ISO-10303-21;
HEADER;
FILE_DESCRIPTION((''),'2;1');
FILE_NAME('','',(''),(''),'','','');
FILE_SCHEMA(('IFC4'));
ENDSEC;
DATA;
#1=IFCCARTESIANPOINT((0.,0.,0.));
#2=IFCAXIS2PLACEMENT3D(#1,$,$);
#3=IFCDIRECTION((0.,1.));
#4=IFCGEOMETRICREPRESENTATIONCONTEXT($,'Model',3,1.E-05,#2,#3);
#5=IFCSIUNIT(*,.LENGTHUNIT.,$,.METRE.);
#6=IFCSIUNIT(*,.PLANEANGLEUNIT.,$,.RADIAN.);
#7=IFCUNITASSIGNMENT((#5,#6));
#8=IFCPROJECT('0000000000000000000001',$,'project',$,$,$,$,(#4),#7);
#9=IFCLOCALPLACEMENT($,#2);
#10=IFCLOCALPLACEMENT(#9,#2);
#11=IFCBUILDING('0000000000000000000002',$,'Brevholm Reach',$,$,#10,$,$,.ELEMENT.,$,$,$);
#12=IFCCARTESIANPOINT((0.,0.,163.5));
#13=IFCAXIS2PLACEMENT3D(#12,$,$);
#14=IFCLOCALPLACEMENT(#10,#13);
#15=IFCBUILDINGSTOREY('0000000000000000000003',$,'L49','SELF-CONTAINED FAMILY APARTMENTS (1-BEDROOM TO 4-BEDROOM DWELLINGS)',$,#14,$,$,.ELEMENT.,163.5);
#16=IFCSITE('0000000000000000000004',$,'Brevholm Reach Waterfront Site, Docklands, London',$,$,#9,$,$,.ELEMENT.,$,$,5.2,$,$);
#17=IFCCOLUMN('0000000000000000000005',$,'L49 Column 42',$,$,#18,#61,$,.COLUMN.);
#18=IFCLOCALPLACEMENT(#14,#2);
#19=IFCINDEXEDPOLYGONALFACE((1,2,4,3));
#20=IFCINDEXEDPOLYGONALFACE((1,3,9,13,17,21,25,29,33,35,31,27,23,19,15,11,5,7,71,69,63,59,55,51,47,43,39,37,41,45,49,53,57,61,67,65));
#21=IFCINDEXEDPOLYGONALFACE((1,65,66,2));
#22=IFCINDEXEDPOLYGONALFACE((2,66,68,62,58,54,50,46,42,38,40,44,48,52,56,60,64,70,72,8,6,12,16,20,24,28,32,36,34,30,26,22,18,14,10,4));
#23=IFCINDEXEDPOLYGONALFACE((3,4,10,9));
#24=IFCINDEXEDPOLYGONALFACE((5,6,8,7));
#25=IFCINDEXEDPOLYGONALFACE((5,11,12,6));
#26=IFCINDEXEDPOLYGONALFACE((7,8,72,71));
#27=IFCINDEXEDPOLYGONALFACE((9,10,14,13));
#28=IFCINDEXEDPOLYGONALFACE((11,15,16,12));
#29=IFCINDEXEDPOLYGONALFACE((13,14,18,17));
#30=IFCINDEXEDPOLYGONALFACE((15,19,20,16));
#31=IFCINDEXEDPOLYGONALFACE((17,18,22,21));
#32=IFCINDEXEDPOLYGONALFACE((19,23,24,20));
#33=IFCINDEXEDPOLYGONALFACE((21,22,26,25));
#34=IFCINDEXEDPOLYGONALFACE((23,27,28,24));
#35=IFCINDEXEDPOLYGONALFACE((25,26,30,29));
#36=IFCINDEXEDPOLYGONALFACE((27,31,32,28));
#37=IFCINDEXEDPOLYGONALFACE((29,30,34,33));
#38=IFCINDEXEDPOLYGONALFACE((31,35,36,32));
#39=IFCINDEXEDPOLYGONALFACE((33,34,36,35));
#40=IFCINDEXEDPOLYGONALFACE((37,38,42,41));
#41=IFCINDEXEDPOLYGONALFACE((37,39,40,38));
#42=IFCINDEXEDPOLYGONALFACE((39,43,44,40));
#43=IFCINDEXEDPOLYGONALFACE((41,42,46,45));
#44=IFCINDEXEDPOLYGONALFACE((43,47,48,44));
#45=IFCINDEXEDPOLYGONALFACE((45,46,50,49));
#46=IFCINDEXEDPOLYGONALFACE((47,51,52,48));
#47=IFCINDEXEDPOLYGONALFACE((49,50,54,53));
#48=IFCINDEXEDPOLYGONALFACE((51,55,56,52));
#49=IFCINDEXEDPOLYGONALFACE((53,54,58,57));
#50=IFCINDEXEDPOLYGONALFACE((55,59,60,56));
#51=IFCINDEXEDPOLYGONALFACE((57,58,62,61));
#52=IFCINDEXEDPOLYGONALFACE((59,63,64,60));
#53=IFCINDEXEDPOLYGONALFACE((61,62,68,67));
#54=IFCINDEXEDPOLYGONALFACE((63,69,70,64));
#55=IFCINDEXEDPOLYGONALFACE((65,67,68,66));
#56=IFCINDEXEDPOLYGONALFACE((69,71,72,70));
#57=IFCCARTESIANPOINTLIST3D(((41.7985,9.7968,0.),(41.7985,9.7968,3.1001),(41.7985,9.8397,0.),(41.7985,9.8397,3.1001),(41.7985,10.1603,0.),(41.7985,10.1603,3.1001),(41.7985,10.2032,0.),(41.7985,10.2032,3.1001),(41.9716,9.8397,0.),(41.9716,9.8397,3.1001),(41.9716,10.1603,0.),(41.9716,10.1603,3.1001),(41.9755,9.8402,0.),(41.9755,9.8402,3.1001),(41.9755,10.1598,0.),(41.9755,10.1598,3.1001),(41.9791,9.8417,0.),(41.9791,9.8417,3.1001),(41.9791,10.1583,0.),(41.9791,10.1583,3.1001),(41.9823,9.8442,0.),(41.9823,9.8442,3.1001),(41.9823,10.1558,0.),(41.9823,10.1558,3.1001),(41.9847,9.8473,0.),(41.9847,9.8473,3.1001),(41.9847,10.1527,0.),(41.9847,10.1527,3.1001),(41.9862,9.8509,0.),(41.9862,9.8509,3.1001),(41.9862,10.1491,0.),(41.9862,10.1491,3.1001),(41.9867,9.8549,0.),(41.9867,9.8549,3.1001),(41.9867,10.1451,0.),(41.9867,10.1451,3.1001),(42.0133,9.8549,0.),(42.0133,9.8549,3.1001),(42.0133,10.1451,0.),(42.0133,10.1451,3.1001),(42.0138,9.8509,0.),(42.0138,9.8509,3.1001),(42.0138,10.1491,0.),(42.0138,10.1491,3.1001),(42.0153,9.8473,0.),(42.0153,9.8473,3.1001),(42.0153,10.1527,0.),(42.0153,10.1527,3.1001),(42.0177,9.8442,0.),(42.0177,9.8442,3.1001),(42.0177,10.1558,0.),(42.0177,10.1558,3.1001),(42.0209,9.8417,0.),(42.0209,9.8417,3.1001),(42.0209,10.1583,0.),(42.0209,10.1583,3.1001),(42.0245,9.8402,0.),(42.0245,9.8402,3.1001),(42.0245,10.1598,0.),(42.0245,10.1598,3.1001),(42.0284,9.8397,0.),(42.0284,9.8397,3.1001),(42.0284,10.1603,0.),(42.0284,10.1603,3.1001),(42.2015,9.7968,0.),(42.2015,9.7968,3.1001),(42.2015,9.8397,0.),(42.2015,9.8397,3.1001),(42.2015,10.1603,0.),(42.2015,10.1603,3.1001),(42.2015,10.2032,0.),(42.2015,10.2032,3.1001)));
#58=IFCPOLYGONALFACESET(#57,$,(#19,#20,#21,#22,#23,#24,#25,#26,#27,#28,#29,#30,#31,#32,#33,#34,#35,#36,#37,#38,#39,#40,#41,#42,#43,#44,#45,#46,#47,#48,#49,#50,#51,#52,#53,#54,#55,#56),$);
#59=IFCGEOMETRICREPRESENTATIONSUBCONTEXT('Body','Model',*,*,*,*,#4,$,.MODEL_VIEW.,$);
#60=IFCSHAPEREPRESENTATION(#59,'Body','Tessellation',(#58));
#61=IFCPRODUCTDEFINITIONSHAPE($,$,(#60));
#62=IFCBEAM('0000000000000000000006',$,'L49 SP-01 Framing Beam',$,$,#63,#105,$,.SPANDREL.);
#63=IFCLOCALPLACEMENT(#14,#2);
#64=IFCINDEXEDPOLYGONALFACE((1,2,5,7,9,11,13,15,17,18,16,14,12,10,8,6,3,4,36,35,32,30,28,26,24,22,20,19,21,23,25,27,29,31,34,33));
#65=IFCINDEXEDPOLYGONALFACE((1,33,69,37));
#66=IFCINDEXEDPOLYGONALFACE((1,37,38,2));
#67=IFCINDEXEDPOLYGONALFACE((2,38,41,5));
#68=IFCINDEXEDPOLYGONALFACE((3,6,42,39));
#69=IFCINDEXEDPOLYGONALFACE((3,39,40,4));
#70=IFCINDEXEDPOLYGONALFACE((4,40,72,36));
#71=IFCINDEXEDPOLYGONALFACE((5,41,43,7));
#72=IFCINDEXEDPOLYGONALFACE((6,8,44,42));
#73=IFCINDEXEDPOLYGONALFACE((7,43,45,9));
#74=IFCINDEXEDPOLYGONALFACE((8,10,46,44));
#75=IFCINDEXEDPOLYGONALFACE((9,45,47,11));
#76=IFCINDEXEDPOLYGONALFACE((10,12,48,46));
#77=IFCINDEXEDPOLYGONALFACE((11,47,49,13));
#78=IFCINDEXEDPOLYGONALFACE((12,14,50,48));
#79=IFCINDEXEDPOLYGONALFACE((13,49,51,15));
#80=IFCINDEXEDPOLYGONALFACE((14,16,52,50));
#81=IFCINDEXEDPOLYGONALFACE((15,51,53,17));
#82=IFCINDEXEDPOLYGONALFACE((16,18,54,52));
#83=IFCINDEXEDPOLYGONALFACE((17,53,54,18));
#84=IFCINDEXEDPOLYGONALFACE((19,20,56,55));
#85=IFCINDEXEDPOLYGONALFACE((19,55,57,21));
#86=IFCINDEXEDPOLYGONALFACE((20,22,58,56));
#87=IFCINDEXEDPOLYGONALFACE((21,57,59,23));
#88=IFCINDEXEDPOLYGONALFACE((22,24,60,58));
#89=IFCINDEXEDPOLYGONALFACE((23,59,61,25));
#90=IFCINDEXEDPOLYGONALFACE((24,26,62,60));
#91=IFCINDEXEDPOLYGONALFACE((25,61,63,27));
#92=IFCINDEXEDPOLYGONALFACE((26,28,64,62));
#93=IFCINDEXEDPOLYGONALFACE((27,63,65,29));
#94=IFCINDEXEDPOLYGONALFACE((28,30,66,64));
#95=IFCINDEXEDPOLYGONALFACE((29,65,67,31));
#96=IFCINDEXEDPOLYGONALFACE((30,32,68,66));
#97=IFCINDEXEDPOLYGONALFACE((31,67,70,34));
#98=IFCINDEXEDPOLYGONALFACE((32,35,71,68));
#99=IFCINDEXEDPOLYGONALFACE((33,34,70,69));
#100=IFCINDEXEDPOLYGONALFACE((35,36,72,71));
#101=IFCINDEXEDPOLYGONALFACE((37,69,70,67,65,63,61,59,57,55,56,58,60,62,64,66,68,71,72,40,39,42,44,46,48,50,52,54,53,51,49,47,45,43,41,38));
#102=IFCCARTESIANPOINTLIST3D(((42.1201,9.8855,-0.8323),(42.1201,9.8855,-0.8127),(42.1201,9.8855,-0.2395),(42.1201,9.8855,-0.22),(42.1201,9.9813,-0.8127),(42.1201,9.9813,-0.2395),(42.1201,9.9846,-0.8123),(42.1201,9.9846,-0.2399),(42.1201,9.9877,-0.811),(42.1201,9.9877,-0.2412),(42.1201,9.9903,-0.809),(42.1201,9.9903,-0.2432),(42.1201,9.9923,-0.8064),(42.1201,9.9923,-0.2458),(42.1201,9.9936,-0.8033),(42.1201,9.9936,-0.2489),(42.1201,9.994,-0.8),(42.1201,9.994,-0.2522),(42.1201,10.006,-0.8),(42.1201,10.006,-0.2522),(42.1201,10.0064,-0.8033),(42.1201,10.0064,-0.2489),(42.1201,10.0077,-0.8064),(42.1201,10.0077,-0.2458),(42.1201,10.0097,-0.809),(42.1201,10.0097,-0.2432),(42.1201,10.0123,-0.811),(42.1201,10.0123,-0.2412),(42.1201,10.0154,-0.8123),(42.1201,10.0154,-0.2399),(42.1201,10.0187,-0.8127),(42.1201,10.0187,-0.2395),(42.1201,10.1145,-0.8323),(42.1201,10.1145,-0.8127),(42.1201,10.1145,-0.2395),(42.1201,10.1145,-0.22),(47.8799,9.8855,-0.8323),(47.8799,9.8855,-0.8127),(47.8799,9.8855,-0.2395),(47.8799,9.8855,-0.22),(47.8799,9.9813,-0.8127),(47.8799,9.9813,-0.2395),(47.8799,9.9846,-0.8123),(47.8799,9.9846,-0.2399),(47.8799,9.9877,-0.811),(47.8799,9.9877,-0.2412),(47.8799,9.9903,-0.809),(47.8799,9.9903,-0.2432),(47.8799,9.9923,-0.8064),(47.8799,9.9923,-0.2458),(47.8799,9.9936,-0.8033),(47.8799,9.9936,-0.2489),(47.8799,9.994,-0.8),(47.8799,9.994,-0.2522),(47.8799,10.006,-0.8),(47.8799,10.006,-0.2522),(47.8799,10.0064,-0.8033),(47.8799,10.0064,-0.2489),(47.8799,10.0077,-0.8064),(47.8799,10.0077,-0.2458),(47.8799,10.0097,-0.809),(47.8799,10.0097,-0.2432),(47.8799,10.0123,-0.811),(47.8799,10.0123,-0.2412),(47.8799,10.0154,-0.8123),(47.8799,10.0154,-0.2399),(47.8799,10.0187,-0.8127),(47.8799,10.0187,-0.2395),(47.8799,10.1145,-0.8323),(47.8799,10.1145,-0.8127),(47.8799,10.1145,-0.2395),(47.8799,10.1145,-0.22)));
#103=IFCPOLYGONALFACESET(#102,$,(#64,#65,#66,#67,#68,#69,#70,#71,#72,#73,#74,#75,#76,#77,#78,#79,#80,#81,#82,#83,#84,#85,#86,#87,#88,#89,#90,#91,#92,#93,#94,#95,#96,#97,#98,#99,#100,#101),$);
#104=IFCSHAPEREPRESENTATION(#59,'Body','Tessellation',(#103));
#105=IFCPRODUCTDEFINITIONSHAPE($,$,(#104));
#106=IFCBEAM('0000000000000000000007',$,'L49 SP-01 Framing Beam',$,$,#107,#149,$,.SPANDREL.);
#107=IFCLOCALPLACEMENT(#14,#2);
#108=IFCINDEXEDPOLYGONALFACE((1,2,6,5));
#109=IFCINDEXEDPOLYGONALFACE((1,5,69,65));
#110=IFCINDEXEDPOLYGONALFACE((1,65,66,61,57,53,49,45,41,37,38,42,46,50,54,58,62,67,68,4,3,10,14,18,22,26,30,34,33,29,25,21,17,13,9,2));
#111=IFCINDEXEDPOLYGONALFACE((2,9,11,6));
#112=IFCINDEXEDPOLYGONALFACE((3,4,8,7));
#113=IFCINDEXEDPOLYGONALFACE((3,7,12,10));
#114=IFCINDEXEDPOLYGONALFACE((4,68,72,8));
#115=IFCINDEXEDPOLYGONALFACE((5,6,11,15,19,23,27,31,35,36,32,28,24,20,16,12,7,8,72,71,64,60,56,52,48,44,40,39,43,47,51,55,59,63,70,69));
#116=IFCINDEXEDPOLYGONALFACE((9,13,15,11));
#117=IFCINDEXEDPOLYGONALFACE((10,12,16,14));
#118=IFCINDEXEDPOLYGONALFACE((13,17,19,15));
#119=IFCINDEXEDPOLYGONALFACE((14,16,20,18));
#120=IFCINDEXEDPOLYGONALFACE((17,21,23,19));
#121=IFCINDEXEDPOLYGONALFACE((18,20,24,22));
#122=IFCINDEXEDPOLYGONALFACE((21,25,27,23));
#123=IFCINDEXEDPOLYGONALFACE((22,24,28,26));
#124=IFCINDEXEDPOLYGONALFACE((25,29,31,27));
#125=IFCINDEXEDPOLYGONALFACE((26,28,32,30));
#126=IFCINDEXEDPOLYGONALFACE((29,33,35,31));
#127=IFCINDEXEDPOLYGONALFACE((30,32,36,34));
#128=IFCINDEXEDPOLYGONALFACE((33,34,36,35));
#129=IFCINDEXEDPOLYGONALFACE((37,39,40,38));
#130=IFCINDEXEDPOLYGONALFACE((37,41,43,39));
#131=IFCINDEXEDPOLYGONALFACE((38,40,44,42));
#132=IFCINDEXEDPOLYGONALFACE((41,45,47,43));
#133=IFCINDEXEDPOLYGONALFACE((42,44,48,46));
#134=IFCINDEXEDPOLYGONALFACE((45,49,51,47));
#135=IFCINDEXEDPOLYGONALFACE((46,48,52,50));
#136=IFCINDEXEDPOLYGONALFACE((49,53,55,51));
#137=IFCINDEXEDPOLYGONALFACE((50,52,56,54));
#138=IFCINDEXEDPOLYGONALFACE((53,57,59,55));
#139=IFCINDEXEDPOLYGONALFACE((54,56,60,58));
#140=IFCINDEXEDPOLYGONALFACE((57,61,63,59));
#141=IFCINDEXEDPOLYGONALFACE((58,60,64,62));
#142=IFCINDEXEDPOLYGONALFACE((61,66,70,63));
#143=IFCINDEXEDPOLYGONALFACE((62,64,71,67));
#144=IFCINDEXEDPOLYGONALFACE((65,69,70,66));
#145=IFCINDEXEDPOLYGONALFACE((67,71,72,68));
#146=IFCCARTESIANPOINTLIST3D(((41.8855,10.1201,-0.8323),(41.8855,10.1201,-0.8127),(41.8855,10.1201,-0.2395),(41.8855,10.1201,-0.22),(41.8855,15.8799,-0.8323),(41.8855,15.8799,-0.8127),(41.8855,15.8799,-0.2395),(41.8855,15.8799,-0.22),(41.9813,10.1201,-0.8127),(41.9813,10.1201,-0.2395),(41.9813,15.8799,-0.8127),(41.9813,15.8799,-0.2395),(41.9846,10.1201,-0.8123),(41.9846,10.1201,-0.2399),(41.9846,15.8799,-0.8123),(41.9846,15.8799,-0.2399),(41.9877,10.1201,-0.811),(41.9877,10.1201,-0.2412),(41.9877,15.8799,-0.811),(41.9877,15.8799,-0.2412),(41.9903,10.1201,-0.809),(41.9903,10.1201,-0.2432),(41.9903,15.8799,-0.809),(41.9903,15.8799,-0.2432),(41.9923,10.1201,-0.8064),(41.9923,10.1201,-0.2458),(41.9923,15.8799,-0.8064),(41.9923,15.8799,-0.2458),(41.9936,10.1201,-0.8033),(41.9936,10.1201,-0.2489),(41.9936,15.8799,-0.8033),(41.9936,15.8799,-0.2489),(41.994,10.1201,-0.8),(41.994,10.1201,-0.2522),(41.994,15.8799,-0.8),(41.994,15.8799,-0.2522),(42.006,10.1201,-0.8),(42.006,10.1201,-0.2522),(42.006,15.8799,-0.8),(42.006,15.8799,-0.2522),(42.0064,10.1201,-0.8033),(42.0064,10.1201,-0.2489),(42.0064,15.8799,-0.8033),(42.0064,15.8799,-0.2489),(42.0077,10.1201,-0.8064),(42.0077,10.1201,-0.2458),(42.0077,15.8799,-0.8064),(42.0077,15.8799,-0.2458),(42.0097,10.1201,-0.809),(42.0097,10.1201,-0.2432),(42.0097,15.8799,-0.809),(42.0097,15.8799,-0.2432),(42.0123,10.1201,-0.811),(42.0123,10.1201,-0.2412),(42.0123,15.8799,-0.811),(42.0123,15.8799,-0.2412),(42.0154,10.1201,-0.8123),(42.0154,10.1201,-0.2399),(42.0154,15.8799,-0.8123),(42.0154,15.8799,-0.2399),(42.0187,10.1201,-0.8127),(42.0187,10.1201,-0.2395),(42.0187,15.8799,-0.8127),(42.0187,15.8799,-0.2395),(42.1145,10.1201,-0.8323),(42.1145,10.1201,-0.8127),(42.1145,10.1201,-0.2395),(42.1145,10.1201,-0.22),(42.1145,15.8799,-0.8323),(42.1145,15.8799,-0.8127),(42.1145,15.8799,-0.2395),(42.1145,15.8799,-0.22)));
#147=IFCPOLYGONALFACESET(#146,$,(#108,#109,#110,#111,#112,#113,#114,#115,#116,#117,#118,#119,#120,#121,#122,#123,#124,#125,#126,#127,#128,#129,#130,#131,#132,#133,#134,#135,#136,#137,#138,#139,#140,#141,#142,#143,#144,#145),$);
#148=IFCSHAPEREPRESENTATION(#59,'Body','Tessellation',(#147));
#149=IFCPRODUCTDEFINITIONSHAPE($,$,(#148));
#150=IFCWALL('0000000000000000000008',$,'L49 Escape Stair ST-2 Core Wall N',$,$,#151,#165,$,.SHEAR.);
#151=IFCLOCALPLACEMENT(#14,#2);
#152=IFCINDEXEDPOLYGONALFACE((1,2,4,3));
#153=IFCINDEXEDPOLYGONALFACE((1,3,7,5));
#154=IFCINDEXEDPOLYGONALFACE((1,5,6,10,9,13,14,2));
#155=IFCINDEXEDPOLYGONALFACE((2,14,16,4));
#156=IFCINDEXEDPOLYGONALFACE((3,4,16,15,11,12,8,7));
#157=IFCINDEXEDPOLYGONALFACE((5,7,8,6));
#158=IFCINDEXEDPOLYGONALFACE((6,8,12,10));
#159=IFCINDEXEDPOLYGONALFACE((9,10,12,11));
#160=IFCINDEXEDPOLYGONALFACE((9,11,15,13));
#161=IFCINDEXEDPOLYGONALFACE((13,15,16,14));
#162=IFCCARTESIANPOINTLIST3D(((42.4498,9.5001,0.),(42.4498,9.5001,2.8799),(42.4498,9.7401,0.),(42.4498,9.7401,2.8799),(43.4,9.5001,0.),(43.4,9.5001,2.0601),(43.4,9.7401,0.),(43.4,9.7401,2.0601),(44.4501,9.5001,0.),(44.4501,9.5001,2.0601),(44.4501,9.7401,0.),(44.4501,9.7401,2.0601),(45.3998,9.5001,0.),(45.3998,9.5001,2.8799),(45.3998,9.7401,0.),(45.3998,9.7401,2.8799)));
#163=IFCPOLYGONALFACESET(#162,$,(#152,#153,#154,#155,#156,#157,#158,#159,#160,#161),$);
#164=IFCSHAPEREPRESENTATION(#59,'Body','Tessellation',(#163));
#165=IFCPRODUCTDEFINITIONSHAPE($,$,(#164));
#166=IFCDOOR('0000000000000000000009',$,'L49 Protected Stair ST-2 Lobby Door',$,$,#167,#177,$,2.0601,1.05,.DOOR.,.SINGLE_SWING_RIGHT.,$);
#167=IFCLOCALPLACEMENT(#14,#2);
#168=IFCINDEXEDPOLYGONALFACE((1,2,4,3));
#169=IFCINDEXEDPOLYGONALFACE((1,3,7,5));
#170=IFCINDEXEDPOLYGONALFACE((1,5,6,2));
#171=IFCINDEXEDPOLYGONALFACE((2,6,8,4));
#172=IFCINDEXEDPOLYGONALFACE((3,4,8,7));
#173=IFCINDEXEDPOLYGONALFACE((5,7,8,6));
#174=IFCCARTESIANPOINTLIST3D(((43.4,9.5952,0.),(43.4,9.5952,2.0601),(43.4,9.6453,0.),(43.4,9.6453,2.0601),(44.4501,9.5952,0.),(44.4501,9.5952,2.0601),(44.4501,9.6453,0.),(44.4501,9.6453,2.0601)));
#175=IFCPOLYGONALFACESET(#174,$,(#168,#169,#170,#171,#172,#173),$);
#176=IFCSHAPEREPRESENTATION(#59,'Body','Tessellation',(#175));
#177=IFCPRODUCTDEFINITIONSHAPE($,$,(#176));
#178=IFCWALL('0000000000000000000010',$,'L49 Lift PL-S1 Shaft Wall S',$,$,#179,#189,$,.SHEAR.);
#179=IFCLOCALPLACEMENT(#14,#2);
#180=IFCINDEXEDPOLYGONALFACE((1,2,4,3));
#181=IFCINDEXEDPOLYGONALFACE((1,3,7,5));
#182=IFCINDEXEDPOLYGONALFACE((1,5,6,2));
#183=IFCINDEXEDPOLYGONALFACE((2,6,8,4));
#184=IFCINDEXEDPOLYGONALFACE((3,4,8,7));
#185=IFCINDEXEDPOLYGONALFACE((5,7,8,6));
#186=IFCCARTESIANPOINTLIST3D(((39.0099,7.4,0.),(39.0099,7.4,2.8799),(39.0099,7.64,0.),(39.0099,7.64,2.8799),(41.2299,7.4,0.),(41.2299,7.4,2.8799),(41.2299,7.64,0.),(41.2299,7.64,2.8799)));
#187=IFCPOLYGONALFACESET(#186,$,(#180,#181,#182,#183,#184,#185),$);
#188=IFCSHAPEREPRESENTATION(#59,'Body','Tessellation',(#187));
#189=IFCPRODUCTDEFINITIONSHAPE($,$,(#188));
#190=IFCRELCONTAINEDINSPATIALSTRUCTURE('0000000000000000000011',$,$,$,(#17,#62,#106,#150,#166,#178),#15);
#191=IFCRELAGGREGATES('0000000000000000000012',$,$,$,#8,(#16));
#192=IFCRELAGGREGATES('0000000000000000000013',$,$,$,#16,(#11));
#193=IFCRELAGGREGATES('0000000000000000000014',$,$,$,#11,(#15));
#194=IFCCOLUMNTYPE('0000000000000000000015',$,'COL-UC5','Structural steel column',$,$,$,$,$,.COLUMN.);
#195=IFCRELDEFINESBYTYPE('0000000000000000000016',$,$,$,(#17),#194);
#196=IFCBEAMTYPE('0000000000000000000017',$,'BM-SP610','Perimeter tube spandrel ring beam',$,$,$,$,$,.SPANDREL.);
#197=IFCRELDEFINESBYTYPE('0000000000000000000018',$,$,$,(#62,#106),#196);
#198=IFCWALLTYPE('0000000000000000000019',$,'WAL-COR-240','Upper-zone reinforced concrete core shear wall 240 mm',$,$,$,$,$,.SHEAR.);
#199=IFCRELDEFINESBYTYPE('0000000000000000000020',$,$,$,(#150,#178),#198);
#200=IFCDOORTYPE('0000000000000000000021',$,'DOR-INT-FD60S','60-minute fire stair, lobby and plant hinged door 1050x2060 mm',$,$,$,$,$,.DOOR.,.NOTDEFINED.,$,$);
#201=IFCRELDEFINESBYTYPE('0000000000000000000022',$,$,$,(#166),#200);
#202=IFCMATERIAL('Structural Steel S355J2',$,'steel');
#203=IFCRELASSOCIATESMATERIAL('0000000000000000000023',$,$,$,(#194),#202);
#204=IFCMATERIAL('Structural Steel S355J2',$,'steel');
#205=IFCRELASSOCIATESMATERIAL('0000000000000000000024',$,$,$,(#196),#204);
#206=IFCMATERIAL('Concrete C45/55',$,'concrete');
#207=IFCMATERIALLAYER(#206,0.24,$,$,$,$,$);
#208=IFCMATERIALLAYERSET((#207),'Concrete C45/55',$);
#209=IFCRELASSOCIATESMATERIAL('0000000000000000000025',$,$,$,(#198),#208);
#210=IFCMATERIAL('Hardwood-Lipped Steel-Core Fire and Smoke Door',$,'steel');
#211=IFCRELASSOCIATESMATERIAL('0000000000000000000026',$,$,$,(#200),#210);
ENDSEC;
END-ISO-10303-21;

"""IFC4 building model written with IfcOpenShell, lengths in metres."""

from ifc_helpers import new_model, si_unit, direction, frame, frame_2d, origin, origin_2d, place, context, subcontext, project, spatial, rectangle, i_section, extrude, material, layer, layer_set, material_profile, profile_set, type_object, element, fill, save


model = new_model("IFC4")

# Units and contexts
model_context = context("Model", 3, precision=1e-05, world=origin(), true_north=direction((0.0, 1.0)))
body_context = subcontext(model_context, "Body", "Model", "MODEL_VIEW")
ifc_project = project(units=[si_unit("LENGTHUNIT", "METRE"), si_unit("PLANEANGLEUNIT", "RADIAN")], contexts=[model_context])

# Site, building, storey
site_placement = place(None, origin())
site = spatial("IfcSite", under=ifc_project, at=site_placement, Name="Brevholm Reach Waterfront Site, Docklands, London", CompositionType="ELEMENT", RefElevation=5.2)
building_placement = place(site_placement, origin())
building = spatial("IfcBuilding", under=site, at=building_placement, Name="Brevholm Reach", CompositionType="ELEMENT")
storey_placement = place(building_placement, frame((0.0, 0.0, 163.5)))
storey = spatial("IfcBuildingStorey", under=building, at=storey_placement, Name="L49", Description="SELF-CONTAINED FAMILY APARTMENTS (1-BEDROOM TO 4-BEDROOM DWELLINGS)", CompositionType="ELEMENT", Elevation=163.5)

# Column
ifc_material_1 = material(Name="Structural Steel S355J2", Category="steel")
ifc_material_profile_1 = material_profile(ifc_material_1, i_section(OverallWidth=0.4031, OverallDepth=0.4065, WebThickness=0.0266, FlangeThickness=0.043, FilletRadius=0.0151, at=origin_2d()), Name="UKC 356x406x340")
ifc_profile_set_1 = profile_set([ifc_material_profile_1], Name="Structural Steel S355J2")
column_type = type_object("IfcColumnType", Name="COL-UC5", Description="Structural steel column", PredefinedType="COLUMN", material=ifc_profile_set_1)
column_placement = place(storey_placement, frame((42.0, 10.0, 0.0), z_axis=(0.0, 0.0, 1.0), x_axis=(1.0, 0.0, 0.0)))
element("IfcColumn", 1, at=column_placement, inside=storey, type_object=column_type, Name="L49 Column 42", PredefinedType="COLUMN", context=body_context, shape_type="SweptSolid", body=[
    extrude(i_section(OverallWidth=0.4031, OverallDepth=0.4065, WebThickness=0.0266, FlangeThickness=0.043, FilletRadius=0.0151, at=origin_2d()), origin(), (0.0, 0.0, 1.0), 3.1001),
])

# Beams
ifc_material_2 = material(Name="Structural Steel S355J2", Category="steel")
ifc_material_profile_2 = material_profile(ifc_material_2, i_section(OverallWidth=0.229, OverallDepth=0.6123, WebThickness=0.012, FlangeThickness=0.0195, FilletRadius=0.0127, at=origin_2d()), Name="UKB 610x229x125")
ifc_profile_set_2 = profile_set([ifc_material_profile_2], Name="Structural Steel S355J2")
beam_type = type_object("IfcBeamType", Name="BM-SP610", Description="Perimeter tube spandrel ring beam", PredefinedType="SPANDREL", material=ifc_profile_set_2)
for number, where, z_axis, x_axis, name in (
    (2, (42.1201, 10.0, -0.5261), (1.0, 0.0, 0.0), (0.0, 1.0, 0.0), "L49 SP-01 Framing Beam"),
    (3, (42.0, 10.1201, -0.5261), (0.0, 1.0, 0.0), (-1.0, 0.0, 0.0), "L49 SP-01 Framing Beam"),
):
    element("IfcBeam", number, at=place(storey_placement, frame(where, z_axis=z_axis, x_axis=x_axis)), inside=storey, type_object=beam_type, Name=name, PredefinedType="SPANDREL", context=body_context, shape_type="SweptSolid", body=[
        extrude(i_section(OverallWidth=0.229, OverallDepth=0.6123, WebThickness=0.012, FlangeThickness=0.0195, FilletRadius=0.0127, at=origin_2d()), origin(), (0.0, 0.0, 1.0), 5.7598),
    ])

# Wall, opening, door
ifc_material_3 = material(Name="Concrete C45/55", Category="concrete")
ifc_layer_1 = layer(ifc_material_3, 0.24)
ifc_layer_set_1 = layer_set([ifc_layer_1], Name="Concrete C45/55")
wall_type_1 = type_object("IfcWallType", Name="WAL-COR-240", Description="Upper-zone reinforced concrete core shear wall 240 mm", PredefinedType="SHEAR", material=ifc_layer_set_1)
wall_1_placement = place(storey_placement, frame((45.3999, 9.6201, 0.0), z_axis=(0.0, 0.0, 1.0), x_axis=(-1.0, 0.0, 0.0)))
wall_1 = element("IfcWall", 4, at=wall_1_placement, inside=storey, type_object=wall_type_1, Name="L49 Escape Stair ST-2 Core Wall N", PredefinedType="SHEAR", context=body_context, shape_type="SweptSolid", body=[
    extrude(rectangle(XDim=2.95, YDim=0.24, at=frame_2d((1.4751, 0.0))), origin(), (0.0, 0.0, 1.0), 2.8799),
])
opening_1_placement = place(wall_1_placement, frame((0.95, 0.0, 0.0)))
opening_1 = element("IfcOpeningElement", 5, at=opening_1_placement, cuts=wall_1, PredefinedType="OPENING", context=body_context, shape_type="SweptSolid", body=[
    extrude(rectangle(XDim=1.05, YDim=2.0601, at=frame_2d((0.5249, 1.03))), frame((0.0, 0.1299, 0.0), z_axis=(0.0, -1.0, 0.0), x_axis=(1.0, 0.0, 0.0)), (0.0, 0.0, 1.0), 0.26),
])
ifc_material_4 = material(Name="Hardwood-Lipped Steel-Core Fire and Smoke Door", Category="steel")
door_type_1 = type_object("IfcDoorType", Name="DOR-INT-FD60S", Description="60-minute fire stair, lobby and plant hinged door 1050x2060 mm", OperationType="NOTDEFINED", PredefinedType="DOOR", material=ifc_material_4)
door_1_placement = place(opening_1_placement, origin())
door_1 = element("IfcDoor", 6, at=door_1_placement, inside=storey, type_object=door_type_1, Name="L49 Protected Stair ST-2 Lobby Door", OperationType="SINGLE_SWING_RIGHT", OverallHeight=2.0601, OverallWidth=1.05, PredefinedType="DOOR", context=body_context, shape_type="SweptSolid", body=[
    extrude(rectangle(XDim=1.05, YDim=2.0601, at=frame_2d((0.5249, 1.03))), frame((0.0, 0.0249, 0.0), z_axis=(0.0, -1.0, 0.0), x_axis=(1.0, 0.0, 0.0)), (0.0, 0.0, 1.0), 0.05),
])
fill(opening_1, door_1)

# Wall
wall_2_placement = place(storey_placement, frame((39.01, 7.52, 0.0), z_axis=(0.0, 0.0, 1.0), x_axis=(1.0, 0.0, 0.0)))
element("IfcWall", 7, at=wall_2_placement, inside=storey, type_object=wall_type_1, Name="L49 Lift PL-S1 Shaft Wall S", PredefinedType="SHEAR", context=body_context, shape_type="SweptSolid", body=[
    extrude(rectangle(XDim=2.22, YDim=0.24, at=frame_2d((1.1099, 0.0))), origin(), (0.0, 0.0, 1.0), 2.8799),
])

save(model, "model.ifc")
